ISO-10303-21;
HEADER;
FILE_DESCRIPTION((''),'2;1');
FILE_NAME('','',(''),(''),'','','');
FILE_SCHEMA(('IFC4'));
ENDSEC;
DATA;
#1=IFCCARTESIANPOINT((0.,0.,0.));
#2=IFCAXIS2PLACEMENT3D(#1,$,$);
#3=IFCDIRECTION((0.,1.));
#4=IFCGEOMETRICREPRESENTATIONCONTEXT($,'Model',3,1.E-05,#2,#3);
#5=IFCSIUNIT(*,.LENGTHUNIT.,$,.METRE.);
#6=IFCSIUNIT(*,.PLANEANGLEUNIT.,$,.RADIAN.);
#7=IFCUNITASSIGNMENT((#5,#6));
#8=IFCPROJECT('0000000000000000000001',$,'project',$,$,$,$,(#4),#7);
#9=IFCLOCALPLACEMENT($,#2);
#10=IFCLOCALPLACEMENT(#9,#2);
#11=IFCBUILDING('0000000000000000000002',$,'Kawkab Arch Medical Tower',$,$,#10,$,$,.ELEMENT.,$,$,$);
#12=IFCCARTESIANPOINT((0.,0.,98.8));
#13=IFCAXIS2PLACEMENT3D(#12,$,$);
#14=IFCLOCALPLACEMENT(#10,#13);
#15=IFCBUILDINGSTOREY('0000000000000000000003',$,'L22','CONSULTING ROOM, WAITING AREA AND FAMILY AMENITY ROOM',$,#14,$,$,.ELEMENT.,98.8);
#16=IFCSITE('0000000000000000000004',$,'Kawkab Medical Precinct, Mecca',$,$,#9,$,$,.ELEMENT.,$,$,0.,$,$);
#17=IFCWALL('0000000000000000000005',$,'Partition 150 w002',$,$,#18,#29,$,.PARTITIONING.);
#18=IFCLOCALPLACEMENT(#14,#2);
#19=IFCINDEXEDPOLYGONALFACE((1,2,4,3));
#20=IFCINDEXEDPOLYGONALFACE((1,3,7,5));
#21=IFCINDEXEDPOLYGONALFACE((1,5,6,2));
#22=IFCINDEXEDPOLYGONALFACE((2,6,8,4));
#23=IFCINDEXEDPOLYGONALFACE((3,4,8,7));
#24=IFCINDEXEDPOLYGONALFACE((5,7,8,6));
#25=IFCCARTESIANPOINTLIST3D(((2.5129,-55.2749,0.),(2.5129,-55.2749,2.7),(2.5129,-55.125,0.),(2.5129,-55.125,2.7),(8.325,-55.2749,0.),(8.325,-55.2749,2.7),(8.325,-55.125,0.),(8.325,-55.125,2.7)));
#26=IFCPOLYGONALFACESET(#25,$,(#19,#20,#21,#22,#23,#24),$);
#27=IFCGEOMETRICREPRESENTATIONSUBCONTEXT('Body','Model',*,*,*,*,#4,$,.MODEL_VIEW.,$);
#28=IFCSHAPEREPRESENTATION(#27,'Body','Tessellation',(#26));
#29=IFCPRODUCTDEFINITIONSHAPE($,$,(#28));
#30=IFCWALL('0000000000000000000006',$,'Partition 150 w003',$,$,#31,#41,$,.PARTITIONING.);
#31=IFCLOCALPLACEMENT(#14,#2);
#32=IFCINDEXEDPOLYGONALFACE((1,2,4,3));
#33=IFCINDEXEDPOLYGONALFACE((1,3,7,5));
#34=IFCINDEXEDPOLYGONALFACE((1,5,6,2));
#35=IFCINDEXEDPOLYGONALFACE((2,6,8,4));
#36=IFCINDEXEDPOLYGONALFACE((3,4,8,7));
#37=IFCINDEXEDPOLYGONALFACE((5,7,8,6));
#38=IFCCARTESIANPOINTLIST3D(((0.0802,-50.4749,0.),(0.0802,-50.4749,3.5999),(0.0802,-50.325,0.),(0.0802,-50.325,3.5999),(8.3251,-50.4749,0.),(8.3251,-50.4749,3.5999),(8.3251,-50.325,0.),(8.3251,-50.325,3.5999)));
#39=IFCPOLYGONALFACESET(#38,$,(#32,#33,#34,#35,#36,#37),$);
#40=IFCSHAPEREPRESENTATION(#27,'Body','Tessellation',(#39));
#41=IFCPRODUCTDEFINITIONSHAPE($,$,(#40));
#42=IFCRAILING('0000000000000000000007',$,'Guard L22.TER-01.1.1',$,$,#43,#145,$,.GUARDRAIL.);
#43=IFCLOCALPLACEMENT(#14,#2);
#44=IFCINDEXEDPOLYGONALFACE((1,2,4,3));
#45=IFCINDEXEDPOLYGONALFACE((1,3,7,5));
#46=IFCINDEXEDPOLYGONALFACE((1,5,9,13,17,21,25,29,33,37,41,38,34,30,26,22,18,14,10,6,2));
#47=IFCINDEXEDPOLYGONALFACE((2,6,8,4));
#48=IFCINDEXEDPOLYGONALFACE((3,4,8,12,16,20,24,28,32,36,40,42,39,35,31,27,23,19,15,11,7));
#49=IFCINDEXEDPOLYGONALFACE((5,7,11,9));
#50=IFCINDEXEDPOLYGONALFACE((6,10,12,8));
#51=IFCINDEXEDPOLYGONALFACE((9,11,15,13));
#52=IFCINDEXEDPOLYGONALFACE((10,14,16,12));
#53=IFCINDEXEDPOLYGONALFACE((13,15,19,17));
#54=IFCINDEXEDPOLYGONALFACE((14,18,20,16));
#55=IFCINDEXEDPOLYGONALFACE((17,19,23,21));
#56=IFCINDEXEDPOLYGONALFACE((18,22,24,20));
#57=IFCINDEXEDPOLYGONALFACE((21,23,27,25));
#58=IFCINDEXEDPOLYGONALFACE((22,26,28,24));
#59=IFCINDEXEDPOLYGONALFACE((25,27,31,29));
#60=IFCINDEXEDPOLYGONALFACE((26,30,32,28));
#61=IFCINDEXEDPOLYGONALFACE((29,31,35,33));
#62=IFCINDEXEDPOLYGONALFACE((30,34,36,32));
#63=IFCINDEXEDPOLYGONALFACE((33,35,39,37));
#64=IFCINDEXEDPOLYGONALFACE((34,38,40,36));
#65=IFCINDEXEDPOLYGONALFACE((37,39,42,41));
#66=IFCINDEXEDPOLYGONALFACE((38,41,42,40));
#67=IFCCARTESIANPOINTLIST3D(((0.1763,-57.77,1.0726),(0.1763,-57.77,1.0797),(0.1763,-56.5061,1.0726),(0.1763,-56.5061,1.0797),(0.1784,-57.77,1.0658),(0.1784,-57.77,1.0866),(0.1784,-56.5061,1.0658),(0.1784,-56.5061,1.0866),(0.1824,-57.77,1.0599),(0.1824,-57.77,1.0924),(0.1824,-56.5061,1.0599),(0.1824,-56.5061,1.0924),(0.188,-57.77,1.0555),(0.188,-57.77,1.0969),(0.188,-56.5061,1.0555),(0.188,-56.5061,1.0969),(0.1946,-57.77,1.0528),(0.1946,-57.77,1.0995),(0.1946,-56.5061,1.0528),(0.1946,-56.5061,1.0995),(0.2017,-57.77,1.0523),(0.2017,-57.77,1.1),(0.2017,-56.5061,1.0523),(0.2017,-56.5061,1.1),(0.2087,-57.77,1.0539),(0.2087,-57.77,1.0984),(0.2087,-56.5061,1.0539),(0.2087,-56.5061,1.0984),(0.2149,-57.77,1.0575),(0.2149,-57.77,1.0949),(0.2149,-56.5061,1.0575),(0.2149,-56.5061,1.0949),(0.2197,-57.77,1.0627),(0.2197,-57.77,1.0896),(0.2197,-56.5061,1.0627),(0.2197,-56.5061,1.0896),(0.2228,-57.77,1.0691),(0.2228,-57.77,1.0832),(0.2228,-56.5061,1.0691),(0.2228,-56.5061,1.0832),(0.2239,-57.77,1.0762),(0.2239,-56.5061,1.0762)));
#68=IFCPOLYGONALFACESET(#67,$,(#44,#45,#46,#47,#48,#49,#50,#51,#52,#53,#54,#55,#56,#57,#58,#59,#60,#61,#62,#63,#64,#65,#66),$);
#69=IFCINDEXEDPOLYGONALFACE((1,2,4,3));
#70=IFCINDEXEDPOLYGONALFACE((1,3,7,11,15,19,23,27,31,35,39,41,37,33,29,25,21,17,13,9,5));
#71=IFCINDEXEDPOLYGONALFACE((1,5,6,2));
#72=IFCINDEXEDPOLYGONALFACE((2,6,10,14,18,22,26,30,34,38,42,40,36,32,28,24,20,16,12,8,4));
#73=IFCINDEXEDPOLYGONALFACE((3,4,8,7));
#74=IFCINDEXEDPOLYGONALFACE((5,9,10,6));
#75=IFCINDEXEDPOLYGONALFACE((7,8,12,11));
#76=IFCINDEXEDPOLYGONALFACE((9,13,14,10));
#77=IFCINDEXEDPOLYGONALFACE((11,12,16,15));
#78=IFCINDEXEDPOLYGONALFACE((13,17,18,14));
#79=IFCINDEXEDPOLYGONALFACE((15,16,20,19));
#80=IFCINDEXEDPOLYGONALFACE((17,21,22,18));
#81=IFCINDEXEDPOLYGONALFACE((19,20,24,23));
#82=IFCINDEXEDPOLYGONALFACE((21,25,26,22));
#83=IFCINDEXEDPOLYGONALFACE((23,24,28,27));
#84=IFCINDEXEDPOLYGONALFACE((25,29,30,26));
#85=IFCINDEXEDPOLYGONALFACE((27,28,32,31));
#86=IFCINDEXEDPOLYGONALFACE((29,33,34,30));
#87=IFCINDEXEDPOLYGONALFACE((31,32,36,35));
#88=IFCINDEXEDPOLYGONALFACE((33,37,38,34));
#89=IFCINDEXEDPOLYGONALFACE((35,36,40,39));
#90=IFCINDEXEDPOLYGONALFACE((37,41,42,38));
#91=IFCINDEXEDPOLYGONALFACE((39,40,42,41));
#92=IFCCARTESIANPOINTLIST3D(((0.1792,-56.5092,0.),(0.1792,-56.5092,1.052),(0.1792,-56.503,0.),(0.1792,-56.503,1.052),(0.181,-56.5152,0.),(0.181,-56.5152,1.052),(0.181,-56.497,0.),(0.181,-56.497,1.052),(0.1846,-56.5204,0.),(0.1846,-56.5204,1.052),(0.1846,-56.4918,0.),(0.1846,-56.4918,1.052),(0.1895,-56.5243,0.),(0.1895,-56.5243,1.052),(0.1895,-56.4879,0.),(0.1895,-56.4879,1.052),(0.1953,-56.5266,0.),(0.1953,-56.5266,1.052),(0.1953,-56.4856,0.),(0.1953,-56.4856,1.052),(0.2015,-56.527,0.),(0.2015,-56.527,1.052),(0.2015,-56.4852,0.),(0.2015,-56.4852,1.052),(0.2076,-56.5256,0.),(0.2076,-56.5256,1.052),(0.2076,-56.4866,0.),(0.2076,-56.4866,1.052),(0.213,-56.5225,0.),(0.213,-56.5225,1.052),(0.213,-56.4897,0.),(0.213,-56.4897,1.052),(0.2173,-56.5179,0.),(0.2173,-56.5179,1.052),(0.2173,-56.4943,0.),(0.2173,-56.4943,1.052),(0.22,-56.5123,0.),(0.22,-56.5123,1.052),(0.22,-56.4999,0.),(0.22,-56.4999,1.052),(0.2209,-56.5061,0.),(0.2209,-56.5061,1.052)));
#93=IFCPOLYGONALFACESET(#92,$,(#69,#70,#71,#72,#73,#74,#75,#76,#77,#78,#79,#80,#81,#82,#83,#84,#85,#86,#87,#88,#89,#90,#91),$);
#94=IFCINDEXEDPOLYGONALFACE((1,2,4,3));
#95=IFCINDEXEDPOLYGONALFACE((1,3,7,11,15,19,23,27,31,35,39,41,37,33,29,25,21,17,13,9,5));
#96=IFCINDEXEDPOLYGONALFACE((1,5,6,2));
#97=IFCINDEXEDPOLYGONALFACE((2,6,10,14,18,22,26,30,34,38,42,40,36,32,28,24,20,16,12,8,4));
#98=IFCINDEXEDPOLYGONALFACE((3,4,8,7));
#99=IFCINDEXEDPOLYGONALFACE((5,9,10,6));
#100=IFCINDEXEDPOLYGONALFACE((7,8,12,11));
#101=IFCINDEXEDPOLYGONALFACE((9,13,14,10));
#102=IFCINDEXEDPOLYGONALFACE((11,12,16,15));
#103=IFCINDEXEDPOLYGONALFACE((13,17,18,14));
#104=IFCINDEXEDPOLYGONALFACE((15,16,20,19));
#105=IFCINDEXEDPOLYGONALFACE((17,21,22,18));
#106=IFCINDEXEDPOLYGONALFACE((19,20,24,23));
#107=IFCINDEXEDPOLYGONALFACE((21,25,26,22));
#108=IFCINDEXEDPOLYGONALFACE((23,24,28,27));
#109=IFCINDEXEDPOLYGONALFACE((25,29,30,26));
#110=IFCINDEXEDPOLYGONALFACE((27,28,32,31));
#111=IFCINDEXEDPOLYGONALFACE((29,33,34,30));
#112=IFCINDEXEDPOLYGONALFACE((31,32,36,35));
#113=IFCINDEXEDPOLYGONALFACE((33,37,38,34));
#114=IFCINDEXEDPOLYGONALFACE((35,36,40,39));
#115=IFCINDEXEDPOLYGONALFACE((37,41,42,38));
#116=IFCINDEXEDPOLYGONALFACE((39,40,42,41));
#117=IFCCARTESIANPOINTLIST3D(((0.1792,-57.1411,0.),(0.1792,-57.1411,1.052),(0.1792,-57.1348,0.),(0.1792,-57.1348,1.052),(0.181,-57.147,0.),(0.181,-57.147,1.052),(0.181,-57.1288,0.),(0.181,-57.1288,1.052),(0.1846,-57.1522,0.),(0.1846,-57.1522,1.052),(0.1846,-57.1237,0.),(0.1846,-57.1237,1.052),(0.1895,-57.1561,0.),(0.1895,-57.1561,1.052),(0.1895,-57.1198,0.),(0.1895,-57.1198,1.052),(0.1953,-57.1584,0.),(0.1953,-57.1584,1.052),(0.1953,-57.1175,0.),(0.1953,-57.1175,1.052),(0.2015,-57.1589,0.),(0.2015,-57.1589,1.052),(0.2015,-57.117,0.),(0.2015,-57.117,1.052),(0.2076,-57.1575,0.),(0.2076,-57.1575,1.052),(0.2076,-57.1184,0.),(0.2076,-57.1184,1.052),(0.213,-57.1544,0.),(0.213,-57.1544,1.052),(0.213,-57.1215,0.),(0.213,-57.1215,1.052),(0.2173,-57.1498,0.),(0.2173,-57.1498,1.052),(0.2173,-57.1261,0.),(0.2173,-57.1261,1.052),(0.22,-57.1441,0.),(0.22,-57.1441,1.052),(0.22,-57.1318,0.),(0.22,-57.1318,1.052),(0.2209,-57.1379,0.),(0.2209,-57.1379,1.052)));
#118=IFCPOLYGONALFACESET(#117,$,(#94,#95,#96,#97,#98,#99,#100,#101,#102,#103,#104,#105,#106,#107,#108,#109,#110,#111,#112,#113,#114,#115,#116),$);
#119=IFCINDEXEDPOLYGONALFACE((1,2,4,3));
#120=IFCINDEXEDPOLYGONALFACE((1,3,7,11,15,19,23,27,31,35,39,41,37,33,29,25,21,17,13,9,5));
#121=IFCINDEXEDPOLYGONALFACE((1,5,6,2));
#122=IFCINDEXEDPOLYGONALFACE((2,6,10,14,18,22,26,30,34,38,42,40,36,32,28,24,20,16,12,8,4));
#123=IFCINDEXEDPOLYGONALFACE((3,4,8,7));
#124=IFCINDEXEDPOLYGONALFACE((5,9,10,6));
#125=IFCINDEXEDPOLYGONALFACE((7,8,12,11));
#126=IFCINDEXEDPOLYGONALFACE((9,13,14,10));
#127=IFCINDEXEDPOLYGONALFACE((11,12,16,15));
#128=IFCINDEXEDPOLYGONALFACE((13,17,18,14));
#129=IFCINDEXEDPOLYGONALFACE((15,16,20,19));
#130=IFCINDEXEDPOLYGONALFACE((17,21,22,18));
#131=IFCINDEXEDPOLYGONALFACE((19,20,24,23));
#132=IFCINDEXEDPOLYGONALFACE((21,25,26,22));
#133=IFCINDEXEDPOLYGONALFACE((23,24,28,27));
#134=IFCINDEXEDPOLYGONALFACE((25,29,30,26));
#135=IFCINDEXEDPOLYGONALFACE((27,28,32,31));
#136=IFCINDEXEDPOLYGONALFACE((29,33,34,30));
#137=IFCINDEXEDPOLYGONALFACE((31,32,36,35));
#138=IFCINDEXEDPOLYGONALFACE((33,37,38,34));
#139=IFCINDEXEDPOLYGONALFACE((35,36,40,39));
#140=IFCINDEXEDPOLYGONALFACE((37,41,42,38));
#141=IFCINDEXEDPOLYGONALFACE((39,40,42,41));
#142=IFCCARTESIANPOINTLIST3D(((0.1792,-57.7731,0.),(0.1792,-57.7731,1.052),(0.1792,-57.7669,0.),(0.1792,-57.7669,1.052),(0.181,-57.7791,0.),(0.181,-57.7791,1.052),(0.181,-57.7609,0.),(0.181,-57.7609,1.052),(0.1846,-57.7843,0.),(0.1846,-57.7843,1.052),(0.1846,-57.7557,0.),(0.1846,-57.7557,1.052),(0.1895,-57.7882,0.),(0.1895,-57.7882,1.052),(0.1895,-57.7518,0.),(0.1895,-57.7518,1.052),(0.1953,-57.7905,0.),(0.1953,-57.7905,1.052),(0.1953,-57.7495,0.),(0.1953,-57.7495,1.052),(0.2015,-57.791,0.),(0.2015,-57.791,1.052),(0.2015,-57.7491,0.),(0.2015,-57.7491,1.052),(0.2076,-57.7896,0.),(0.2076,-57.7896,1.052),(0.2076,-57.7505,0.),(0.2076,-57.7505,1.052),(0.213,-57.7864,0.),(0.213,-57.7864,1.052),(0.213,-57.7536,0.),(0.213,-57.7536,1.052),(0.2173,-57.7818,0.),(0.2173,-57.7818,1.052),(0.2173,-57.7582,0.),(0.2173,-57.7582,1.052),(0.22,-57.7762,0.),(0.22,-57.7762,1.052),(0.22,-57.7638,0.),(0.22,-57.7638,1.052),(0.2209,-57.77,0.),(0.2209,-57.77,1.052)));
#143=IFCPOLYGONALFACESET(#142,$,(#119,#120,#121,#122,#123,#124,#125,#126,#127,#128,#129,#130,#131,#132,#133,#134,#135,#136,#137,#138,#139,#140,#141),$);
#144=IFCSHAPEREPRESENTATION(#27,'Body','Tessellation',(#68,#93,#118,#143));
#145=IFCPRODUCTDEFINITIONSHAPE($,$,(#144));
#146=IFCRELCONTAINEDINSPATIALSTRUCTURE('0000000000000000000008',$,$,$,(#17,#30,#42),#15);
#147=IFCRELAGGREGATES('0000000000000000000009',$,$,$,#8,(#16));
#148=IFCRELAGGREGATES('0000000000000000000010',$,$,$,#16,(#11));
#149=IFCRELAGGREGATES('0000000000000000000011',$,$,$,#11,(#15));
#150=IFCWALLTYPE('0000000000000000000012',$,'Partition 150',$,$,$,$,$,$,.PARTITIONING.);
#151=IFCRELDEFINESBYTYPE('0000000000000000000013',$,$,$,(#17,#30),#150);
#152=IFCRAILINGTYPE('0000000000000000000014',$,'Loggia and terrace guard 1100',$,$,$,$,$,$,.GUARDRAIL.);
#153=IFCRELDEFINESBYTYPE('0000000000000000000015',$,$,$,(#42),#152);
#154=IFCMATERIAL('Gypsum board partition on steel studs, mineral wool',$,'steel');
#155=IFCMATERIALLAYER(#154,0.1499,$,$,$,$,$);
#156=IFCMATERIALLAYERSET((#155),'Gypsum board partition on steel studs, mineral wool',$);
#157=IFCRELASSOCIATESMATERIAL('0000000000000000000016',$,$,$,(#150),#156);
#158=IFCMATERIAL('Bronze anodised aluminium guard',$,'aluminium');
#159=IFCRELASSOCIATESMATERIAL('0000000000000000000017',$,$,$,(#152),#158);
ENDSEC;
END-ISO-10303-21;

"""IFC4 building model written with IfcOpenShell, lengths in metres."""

from ifc_helpers import new_model, si_unit, direction, frame, frame_2d, origin, origin_2d, place, context, subcontext, project, spatial, rectangle, circle, extrude, material, layer, layer_set, type_object, element, save


model = new_model("IFC4")

# Units and contexts
model_context = context("Model", 3, precision=1e-05, world=origin(), true_north=direction((0.0, 1.0)))
body_context = subcontext(model_context, "Body", "Model", "MODEL_VIEW")
ifc_project = project(units=[si_unit("LENGTHUNIT", "METRE"), si_unit("PLANEANGLEUNIT", "RADIAN")], contexts=[model_context])

# Site, building, storey
site_placement = place(None, origin())
site = spatial("IfcSite", under=ifc_project, at=site_placement, Name="Kawkab Medical Precinct, Mecca", CompositionType="ELEMENT", RefElevation=0.0)
building_placement = place(site_placement, origin())
building = spatial("IfcBuilding", under=site, at=building_placement, Name="Kawkab Arch Medical Tower", CompositionType="ELEMENT")
storey_placement = place(building_placement, frame((0.0, 0.0, 98.8)))
storey = spatial("IfcBuildingStorey", under=building, at=storey_placement, Name="L22", Description="CONSULTING ROOM, WAITING AREA AND FAMILY AMENITY ROOM", CompositionType="ELEMENT", Elevation=98.8)

# Walls
ifc_material_1 = material(Name="Gypsum board partition on steel studs, mineral wool", Category="steel")
ifc_layer_1 = layer(ifc_material_1, 0.1499)
ifc_layer_set_1 = layer_set([ifc_layer_1], Name="Gypsum board partition on steel studs, mineral wool")
wall_type = type_object("IfcWallType", Name="Partition 150", PredefinedType="PARTITIONING", material=ifc_layer_set_1)
wall_1_placement = place(storey_placement, frame((2.5129, -55.2, 0.0), z_axis=(0.0, 0.0, 1.0), x_axis=(1.0, 0.0, 0.0)))
element("IfcWall", 1, at=wall_1_placement, inside=storey, type_object=wall_type, Name="Partition 150 w002", PredefinedType="PARTITIONING", context=body_context, shape_type="SweptSolid", body=[
    extrude(rectangle(XDim=5.812, YDim=0.1499, at=frame_2d((2.906, 0.0))), origin(), (0.0, 0.0, 1.0), 2.7),
])
wall_2_placement = place(storey_placement, frame((0.0801, -50.3999, 0.0), z_axis=(0.0, 0.0, 1.0), x_axis=(1.0, 0.0, 0.0)))
element("IfcWall", 2, at=wall_2_placement, inside=storey, type_object=wall_type, Name="Partition 150 w003", PredefinedType="PARTITIONING", context=body_context, shape_type="SweptSolid", body=[
    extrude(rectangle(XDim=8.2449, YDim=0.1499, at=frame_2d((4.1226, 0.0))), origin(), (0.0, 0.0, 1.0), 3.5999),
])

# Railing
ifc_material_2 = material(Name="Bronze anodised aluminium guard", Category="aluminium")
railing_type_1 = type_object("IfcRailingType", Name="Loggia and terrace guard 1100", PredefinedType="GUARDRAIL", material=ifc_material_2)
railing_1_placement = place(storey_placement, frame((0.2, -56.5061, 0.0)))
element("IfcRailing", 3, at=railing_1_placement, inside=storey, type_object=railing_type_1, Name="Guard L22.TER-01.1.1", PredefinedType="GUARDRAIL", context=body_context, shape_type="SweptSolid", body=[
    extrude(circle(Radius=0.0239, at=origin_2d()), frame((0.0, 0.0, 1.0762), z_axis=(0.0, -1.0, 0.0), x_axis=(1.0, 0.0, 0.0)), (0.0, 0.0, 1.0), 1.2639),
    extrude(circle(Radius=0.021, at=origin_2d()), origin(), (0.0, 0.0, 1.0), 1.052),
    extrude(circle(Radius=0.021, at=origin_2d()), frame((0.0, -0.6318, 0.0)), (0.0, 0.0, 1.0), 1.052),
    extrude(circle(Radius=0.021, at=origin_2d()), frame((0.0, -1.2639, 0.0)), (0.0, 0.0, 1.0), 1.052),
])

save(model, "model.ifc")
